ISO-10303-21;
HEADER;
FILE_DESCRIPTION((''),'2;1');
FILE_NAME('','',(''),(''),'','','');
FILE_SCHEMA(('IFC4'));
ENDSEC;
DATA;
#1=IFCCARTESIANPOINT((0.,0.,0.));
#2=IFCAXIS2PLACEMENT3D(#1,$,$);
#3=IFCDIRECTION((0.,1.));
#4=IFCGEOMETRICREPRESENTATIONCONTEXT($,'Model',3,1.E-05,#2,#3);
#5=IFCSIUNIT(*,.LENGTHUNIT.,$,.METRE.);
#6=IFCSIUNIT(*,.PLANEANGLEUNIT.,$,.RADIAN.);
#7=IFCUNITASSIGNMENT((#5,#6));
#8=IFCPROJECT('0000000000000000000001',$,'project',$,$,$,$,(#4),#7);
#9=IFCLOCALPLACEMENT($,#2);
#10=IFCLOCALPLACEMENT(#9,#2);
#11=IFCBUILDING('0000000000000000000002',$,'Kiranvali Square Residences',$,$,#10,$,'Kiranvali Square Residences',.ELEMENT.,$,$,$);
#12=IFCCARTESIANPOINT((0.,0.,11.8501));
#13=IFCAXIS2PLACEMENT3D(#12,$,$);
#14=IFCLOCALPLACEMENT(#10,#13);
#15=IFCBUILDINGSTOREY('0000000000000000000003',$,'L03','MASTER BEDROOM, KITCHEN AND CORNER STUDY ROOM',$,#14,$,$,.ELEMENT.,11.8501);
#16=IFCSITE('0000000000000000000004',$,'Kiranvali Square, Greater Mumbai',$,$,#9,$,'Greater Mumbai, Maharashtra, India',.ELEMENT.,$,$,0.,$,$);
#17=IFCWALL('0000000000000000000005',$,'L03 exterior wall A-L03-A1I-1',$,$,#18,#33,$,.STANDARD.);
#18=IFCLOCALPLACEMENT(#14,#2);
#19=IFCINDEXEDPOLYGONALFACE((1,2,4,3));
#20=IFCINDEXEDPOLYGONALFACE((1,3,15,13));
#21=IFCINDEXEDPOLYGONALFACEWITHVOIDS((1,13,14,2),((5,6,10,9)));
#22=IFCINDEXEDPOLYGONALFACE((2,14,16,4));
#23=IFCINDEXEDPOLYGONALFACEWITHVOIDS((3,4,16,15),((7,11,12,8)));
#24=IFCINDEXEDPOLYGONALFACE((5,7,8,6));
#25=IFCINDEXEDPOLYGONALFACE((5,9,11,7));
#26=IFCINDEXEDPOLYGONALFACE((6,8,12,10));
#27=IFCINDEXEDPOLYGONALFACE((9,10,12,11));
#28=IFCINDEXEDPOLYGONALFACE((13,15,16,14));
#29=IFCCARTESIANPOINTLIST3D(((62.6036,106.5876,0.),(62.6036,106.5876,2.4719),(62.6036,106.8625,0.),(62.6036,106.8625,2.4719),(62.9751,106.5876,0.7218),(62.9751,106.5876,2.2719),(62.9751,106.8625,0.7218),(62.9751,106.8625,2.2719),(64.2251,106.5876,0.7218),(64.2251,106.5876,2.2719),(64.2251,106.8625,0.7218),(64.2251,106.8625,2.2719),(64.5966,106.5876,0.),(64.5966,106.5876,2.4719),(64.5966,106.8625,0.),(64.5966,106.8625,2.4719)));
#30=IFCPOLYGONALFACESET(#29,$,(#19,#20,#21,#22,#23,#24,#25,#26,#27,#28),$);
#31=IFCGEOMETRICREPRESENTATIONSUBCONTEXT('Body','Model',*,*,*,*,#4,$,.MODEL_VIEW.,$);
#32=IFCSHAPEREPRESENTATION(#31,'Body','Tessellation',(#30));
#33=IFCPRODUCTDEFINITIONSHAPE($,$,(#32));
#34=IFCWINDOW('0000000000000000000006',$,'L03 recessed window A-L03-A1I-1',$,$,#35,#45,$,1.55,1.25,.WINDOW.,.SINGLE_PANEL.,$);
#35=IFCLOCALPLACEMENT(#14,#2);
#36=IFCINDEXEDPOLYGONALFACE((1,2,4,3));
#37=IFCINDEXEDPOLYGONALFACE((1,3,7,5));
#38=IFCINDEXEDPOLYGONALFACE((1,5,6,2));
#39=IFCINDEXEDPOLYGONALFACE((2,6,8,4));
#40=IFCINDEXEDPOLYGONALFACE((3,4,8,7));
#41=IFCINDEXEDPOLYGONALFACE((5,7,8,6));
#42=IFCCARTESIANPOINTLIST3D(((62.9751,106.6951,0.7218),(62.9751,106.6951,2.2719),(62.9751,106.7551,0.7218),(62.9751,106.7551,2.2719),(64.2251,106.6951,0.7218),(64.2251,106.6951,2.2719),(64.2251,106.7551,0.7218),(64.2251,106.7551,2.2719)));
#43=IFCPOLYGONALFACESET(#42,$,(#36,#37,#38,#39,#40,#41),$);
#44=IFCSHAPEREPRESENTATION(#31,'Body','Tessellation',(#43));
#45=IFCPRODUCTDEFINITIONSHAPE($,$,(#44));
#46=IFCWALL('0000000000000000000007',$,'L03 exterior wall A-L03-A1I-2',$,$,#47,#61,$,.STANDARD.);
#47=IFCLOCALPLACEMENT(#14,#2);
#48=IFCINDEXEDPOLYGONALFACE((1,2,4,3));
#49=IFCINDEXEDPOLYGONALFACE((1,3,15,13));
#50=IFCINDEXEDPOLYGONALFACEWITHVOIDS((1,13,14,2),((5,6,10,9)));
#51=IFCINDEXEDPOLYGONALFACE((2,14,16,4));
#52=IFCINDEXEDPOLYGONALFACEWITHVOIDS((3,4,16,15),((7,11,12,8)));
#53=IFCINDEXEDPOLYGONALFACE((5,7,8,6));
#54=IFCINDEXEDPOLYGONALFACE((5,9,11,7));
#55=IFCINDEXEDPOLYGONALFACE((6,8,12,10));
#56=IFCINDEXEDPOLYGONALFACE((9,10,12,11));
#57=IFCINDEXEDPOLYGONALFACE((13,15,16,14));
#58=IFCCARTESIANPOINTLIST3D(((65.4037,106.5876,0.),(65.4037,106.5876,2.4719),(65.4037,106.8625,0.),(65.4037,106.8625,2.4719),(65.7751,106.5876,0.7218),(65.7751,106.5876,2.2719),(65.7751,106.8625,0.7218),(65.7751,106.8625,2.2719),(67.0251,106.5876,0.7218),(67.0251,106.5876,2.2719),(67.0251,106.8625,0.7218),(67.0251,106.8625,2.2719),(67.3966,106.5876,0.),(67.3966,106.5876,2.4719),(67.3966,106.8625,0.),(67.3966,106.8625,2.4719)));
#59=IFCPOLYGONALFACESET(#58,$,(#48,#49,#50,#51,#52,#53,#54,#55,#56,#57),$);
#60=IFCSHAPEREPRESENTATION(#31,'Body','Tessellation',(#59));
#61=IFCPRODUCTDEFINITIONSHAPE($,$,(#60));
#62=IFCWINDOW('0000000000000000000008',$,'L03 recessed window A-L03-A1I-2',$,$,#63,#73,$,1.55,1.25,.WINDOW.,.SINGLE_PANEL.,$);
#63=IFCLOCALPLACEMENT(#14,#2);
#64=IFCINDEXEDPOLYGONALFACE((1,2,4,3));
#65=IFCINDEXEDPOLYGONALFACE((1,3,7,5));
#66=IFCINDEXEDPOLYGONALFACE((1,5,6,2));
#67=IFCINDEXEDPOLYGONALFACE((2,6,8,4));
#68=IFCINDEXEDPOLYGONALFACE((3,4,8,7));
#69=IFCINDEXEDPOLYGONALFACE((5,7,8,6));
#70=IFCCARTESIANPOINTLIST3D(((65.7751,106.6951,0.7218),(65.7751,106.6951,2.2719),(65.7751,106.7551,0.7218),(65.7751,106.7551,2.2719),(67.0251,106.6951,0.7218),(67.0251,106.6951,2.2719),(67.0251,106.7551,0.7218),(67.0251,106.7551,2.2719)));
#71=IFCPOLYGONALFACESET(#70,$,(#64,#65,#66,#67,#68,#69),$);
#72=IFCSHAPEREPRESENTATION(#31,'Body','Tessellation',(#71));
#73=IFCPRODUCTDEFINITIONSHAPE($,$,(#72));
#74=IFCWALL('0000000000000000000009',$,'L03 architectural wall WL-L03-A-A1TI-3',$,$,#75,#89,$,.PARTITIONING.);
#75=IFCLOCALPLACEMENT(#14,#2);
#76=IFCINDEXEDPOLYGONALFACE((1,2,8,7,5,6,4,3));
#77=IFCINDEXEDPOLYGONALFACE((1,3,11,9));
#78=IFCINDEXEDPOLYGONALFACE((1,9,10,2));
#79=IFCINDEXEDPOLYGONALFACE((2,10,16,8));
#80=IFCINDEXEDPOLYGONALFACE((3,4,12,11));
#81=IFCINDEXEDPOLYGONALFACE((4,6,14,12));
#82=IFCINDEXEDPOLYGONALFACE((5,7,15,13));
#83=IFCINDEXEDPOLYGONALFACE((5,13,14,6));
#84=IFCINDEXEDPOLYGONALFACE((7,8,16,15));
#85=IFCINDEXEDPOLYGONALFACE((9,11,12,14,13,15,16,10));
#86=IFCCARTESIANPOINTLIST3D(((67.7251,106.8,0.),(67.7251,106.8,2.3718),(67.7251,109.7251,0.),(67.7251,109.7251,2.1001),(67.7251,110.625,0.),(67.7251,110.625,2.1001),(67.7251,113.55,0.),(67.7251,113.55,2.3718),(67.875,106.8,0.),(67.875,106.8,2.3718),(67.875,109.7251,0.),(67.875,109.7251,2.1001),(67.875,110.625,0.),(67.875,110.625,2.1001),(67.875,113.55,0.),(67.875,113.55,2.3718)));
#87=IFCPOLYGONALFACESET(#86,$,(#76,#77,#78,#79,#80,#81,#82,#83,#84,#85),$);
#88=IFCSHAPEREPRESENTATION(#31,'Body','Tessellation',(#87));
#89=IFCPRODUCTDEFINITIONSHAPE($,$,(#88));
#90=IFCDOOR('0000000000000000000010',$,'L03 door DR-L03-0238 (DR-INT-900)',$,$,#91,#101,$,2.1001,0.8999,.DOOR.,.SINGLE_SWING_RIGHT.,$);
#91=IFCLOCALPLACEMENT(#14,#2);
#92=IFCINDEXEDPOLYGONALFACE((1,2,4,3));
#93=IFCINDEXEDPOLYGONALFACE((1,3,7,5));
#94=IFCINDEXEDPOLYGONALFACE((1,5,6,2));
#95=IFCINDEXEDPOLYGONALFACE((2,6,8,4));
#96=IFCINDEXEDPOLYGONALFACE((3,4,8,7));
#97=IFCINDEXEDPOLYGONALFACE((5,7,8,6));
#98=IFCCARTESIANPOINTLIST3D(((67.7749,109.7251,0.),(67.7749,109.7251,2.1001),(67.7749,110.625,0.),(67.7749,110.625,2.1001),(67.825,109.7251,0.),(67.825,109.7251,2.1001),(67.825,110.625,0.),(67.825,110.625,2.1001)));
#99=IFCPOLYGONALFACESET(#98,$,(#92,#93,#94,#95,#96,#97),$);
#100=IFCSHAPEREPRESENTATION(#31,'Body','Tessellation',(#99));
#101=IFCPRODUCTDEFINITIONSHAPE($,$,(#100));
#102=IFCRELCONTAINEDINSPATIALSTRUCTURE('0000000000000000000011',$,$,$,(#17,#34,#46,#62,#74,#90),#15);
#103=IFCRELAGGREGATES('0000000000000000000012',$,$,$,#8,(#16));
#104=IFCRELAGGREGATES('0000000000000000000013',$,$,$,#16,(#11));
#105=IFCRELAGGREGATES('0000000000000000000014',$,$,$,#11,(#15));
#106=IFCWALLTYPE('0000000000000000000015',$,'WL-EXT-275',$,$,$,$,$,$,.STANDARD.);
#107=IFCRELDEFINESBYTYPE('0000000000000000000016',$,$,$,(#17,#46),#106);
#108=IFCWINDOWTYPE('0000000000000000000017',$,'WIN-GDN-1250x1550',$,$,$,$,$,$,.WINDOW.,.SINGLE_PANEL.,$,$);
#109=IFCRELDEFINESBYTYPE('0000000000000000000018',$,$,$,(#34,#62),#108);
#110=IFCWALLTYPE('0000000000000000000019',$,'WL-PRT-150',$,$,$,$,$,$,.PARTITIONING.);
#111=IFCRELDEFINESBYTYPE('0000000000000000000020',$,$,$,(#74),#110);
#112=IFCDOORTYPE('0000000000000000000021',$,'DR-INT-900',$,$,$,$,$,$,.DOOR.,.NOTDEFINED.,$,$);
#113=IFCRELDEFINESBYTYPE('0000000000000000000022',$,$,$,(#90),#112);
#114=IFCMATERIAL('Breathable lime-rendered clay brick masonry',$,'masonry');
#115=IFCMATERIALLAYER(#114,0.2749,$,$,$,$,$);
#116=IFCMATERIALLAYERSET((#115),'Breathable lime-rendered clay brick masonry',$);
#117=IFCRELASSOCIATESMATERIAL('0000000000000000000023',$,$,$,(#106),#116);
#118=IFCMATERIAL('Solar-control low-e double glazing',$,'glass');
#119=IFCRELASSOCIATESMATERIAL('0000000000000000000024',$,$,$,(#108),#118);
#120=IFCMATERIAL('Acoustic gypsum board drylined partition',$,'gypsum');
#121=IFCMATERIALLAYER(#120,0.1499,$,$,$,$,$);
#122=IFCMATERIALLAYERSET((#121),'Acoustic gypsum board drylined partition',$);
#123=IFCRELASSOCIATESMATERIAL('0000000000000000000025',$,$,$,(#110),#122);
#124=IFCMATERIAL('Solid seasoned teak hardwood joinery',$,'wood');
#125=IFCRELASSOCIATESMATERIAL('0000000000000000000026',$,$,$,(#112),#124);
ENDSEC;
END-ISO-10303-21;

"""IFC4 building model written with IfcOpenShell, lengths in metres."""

from ifc_helpers import new_model, si_unit, direction, frame, frame_2d, origin, place, context, subcontext, project, spatial, rectangle, extrude, material, layer, layer_set, type_object, element, fill, save


model = new_model("IFC4")

# Units and contexts
model_context = context("Model", 3, precision=1e-05, world=origin(), true_north=direction((0.0, 1.0)))
body_context = subcontext(model_context, "Body", "Model", "MODEL_VIEW")
ifc_project = project(units=[si_unit("LENGTHUNIT", "METRE"), si_unit("PLANEANGLEUNIT", "RADIAN")], contexts=[model_context])

# Site, building, storey
site_placement = place(None, origin())
site = spatial("IfcSite", under=ifc_project, at=site_placement, Name="Kiranvali Square, Greater Mumbai", LongName="Greater Mumbai, Maharashtra, India", CompositionType="ELEMENT", RefElevation=0.0)
building_placement = place(site_placement, origin())
building = spatial("IfcBuilding", under=site, at=building_placement, Name="Kiranvali Square Residences", LongName="Kiranvali Square Residences", CompositionType="ELEMENT")
storey_placement = place(building_placement, frame((0.0, 0.0, 11.8501)))
storey = spatial("IfcBuildingStorey", under=building, at=storey_placement, Name="L03", Description="MASTER BEDROOM, KITCHEN AND CORNER STUDY ROOM", CompositionType="ELEMENT", Elevation=11.8501)

# Walls, openings, windows
ifc_material_1 = material(Name="Breathable lime-rendered clay brick masonry", Category="masonry")
ifc_layer_1 = layer(ifc_material_1, 0.2749)
ifc_layer_set_1 = layer_set([ifc_layer_1], Name="Breathable lime-rendered clay brick masonry")
wall_type_1 = type_object("IfcWallType", Name="WL-EXT-275", PredefinedType="STANDARD", material=ifc_layer_set_1)
wall_1_placement = place(storey_placement, frame((62.6035, 106.7251, 0.0), z_axis=(0.0, 0.0, 1.0), x_axis=(1.0, 0.0, 0.0)))
wall_1 = element("IfcWall", 1, at=wall_1_placement, inside=storey, type_object=wall_type_1, Name="L03 exterior wall A-L03-A1I-1", PredefinedType="STANDARD", context=body_context, shape_type="SweptSolid", body=[
    extrude(rectangle(XDim=1.9929, YDim=0.2749, at=frame_2d((0.9966, 0.0))), origin(), (0.0, 0.0, 1.0), 2.4719),
])
opening_1_placement = place(wall_1_placement, frame((0.3716, 0.0, 0.7219)))
opening_1 = element("IfcOpeningElement", 2, at=opening_1_placement, cuts=wall_1, PredefinedType="OPENING", context=body_context, shape_type="SweptSolid", body=[
    extrude(rectangle(XDim=1.25, YDim=1.55, at=frame_2d((0.625, 0.7749))), frame((0.0, 0.1475, 0.0), z_axis=(0.0, -1.0, 0.0), x_axis=(1.0, 0.0, 0.0)), (0.0, 0.0, 1.0), 0.2949),
])
ifc_material_2 = material(Name="Solar-control low-e double glazing", Category="glass")
window_type = type_object("IfcWindowType", Name="WIN-GDN-1250x1550", PartitioningType="SINGLE_PANEL", PredefinedType="WINDOW", material=ifc_material_2)
window_1_placement = place(opening_1_placement, origin())
window_1 = element("IfcWindow", 3, at=window_1_placement, inside=storey, type_object=window_type, Name="L03 recessed window A-L03-A1I-1", OverallHeight=1.55, OverallWidth=1.25, PartitioningType="SINGLE_PANEL", PredefinedType="WINDOW", context=body_context, shape_type="SweptSolid", body=[
    extrude(rectangle(XDim=1.25, YDim=1.55, at=frame_2d((0.625, 0.7749))), frame((0.0, 0.03, 0.0), z_axis=(0.0, -1.0, 0.0), x_axis=(1.0, 0.0, 0.0)), (0.0, 0.0, 1.0), 0.0601),
])
fill(opening_1, window_1)
wall_2_placement = place(storey_placement, frame((65.4036, 106.7251, 0.0), z_axis=(0.0, 0.0, 1.0), x_axis=(1.0, 0.0, 0.0)))
wall_2 = element("IfcWall", 4, at=wall_2_placement, inside=storey, type_object=wall_type_1, Name="L03 exterior wall A-L03-A1I-2", PredefinedType="STANDARD", context=body_context, shape_type="SweptSolid", body=[
    extrude(rectangle(XDim=1.9929, YDim=0.2749, at=frame_2d((0.9966, 0.0))), origin(), (0.0, 0.0, 1.0), 2.4719),
])
opening_2_placement = place(wall_2_placement, frame((0.3716, 0.0, 0.7219)))
opening_2 = element("IfcOpeningElement", 5, at=opening_2_placement, cuts=wall_2, PredefinedType="OPENING", context=body_context, shape_type="SweptSolid", body=[
    extrude(rectangle(XDim=1.25, YDim=1.55, at=frame_2d((0.625, 0.7749))), frame((0.0, 0.1475, 0.0), z_axis=(0.0, -1.0, 0.0), x_axis=(1.0, 0.0, 0.0)), (0.0, 0.0, 1.0), 0.2949),
])
window_2_placement = place(opening_2_placement, origin())
window_2 = element("IfcWindow", 6, at=window_2_placement, inside=storey, type_object=window_type, Name="L03 recessed window A-L03-A1I-2", OverallHeight=1.55, OverallWidth=1.25, PartitioningType="SINGLE_PANEL", PredefinedType="WINDOW", context=body_context, shape_type="SweptSolid", body=[
    extrude(rectangle(XDim=1.25, YDim=1.55, at=frame_2d((0.625, 0.7749))), frame((0.0, 0.03, 0.0), z_axis=(0.0, -1.0, 0.0), x_axis=(1.0, 0.0, 0.0)), (0.0, 0.0, 1.0), 0.0601),
])
fill(opening_2, window_2)

# Wall, opening, door
ifc_material_3 = material(Name="Acoustic gypsum board drylined partition", Category="gypsum")
ifc_layer_2 = layer(ifc_material_3, 0.1499)
ifc_layer_set_2 = layer_set([ifc_layer_2], Name="Acoustic gypsum board drylined partition")
wall_type_2 = type_object("IfcWallType", Name="WL-PRT-150", PredefinedType="PARTITIONING", material=ifc_layer_set_2)
wall_3_placement = place(storey_placement, frame((67.8, 106.8, 0.0), z_axis=(0.0, 0.0, 1.0), x_axis=(0.0, 1.0, 0.0)))
wall_3 = element("IfcWall", 7, at=wall_3_placement, inside=storey, type_object=wall_type_2, Name="L03 architectural wall WL-L03-A-A1TI-3", PredefinedType="PARTITIONING", context=body_context, shape_type="SweptSolid", body=[
    extrude(rectangle(XDim=6.75, YDim=0.1499, at=frame_2d((3.375, 0.0))), origin(), (0.0, 0.0, 1.0), 2.3718),
])
opening_3_placement = place(wall_3_placement, frame((2.925, 0.0, 0.0)))
opening_3 = element("IfcOpeningElement", 8, at=opening_3_placement, cuts=wall_3, PredefinedType="OPENING", context=body_context, shape_type="SweptSolid", body=[
    extrude(rectangle(XDim=0.8999, YDim=2.1001, at=frame_2d((0.45, 1.05))), frame((0.0, 0.085, 0.0), z_axis=(0.0, -1.0, 0.0), x_axis=(1.0, 0.0, 0.0)), (0.0, 0.0, 1.0), 0.1699),
])
ifc_material_4 = material(Name="Solid seasoned teak hardwood joinery", Category="wood")
door_type_1 = type_object("IfcDoorType", Name="DR-INT-900", OperationType="NOTDEFINED", PredefinedType="DOOR", material=ifc_material_4)
door_1_placement = place(opening_3_placement, frame((0.8999, 0.0, 0.0), z_axis=(0.0, 0.0, 1.0), x_axis=(-1.0, 0.0, 0.0)))
door_1 = element("IfcDoor", 9, at=door_1_placement, inside=storey, type_object=door_type_1, Name="L03 door DR-L03-0238 (DR-INT-900)", OperationType="SINGLE_SWING_RIGHT", OverallHeight=2.1001, OverallWidth=0.8999, PredefinedType="DOOR", context=body_context, shape_type="SweptSolid", body=[
    extrude(rectangle(XDim=0.8999, YDim=2.1001, at=frame_2d((0.45, 1.05))), frame((0.0, 0.0249, 0.0), z_axis=(0.0, -1.0, 0.0), x_axis=(1.0, 0.0, 0.0)), (0.0, 0.0, 1.0), 0.05),
])
fill(opening_3, door_1)

save(model, "model.ifc")
